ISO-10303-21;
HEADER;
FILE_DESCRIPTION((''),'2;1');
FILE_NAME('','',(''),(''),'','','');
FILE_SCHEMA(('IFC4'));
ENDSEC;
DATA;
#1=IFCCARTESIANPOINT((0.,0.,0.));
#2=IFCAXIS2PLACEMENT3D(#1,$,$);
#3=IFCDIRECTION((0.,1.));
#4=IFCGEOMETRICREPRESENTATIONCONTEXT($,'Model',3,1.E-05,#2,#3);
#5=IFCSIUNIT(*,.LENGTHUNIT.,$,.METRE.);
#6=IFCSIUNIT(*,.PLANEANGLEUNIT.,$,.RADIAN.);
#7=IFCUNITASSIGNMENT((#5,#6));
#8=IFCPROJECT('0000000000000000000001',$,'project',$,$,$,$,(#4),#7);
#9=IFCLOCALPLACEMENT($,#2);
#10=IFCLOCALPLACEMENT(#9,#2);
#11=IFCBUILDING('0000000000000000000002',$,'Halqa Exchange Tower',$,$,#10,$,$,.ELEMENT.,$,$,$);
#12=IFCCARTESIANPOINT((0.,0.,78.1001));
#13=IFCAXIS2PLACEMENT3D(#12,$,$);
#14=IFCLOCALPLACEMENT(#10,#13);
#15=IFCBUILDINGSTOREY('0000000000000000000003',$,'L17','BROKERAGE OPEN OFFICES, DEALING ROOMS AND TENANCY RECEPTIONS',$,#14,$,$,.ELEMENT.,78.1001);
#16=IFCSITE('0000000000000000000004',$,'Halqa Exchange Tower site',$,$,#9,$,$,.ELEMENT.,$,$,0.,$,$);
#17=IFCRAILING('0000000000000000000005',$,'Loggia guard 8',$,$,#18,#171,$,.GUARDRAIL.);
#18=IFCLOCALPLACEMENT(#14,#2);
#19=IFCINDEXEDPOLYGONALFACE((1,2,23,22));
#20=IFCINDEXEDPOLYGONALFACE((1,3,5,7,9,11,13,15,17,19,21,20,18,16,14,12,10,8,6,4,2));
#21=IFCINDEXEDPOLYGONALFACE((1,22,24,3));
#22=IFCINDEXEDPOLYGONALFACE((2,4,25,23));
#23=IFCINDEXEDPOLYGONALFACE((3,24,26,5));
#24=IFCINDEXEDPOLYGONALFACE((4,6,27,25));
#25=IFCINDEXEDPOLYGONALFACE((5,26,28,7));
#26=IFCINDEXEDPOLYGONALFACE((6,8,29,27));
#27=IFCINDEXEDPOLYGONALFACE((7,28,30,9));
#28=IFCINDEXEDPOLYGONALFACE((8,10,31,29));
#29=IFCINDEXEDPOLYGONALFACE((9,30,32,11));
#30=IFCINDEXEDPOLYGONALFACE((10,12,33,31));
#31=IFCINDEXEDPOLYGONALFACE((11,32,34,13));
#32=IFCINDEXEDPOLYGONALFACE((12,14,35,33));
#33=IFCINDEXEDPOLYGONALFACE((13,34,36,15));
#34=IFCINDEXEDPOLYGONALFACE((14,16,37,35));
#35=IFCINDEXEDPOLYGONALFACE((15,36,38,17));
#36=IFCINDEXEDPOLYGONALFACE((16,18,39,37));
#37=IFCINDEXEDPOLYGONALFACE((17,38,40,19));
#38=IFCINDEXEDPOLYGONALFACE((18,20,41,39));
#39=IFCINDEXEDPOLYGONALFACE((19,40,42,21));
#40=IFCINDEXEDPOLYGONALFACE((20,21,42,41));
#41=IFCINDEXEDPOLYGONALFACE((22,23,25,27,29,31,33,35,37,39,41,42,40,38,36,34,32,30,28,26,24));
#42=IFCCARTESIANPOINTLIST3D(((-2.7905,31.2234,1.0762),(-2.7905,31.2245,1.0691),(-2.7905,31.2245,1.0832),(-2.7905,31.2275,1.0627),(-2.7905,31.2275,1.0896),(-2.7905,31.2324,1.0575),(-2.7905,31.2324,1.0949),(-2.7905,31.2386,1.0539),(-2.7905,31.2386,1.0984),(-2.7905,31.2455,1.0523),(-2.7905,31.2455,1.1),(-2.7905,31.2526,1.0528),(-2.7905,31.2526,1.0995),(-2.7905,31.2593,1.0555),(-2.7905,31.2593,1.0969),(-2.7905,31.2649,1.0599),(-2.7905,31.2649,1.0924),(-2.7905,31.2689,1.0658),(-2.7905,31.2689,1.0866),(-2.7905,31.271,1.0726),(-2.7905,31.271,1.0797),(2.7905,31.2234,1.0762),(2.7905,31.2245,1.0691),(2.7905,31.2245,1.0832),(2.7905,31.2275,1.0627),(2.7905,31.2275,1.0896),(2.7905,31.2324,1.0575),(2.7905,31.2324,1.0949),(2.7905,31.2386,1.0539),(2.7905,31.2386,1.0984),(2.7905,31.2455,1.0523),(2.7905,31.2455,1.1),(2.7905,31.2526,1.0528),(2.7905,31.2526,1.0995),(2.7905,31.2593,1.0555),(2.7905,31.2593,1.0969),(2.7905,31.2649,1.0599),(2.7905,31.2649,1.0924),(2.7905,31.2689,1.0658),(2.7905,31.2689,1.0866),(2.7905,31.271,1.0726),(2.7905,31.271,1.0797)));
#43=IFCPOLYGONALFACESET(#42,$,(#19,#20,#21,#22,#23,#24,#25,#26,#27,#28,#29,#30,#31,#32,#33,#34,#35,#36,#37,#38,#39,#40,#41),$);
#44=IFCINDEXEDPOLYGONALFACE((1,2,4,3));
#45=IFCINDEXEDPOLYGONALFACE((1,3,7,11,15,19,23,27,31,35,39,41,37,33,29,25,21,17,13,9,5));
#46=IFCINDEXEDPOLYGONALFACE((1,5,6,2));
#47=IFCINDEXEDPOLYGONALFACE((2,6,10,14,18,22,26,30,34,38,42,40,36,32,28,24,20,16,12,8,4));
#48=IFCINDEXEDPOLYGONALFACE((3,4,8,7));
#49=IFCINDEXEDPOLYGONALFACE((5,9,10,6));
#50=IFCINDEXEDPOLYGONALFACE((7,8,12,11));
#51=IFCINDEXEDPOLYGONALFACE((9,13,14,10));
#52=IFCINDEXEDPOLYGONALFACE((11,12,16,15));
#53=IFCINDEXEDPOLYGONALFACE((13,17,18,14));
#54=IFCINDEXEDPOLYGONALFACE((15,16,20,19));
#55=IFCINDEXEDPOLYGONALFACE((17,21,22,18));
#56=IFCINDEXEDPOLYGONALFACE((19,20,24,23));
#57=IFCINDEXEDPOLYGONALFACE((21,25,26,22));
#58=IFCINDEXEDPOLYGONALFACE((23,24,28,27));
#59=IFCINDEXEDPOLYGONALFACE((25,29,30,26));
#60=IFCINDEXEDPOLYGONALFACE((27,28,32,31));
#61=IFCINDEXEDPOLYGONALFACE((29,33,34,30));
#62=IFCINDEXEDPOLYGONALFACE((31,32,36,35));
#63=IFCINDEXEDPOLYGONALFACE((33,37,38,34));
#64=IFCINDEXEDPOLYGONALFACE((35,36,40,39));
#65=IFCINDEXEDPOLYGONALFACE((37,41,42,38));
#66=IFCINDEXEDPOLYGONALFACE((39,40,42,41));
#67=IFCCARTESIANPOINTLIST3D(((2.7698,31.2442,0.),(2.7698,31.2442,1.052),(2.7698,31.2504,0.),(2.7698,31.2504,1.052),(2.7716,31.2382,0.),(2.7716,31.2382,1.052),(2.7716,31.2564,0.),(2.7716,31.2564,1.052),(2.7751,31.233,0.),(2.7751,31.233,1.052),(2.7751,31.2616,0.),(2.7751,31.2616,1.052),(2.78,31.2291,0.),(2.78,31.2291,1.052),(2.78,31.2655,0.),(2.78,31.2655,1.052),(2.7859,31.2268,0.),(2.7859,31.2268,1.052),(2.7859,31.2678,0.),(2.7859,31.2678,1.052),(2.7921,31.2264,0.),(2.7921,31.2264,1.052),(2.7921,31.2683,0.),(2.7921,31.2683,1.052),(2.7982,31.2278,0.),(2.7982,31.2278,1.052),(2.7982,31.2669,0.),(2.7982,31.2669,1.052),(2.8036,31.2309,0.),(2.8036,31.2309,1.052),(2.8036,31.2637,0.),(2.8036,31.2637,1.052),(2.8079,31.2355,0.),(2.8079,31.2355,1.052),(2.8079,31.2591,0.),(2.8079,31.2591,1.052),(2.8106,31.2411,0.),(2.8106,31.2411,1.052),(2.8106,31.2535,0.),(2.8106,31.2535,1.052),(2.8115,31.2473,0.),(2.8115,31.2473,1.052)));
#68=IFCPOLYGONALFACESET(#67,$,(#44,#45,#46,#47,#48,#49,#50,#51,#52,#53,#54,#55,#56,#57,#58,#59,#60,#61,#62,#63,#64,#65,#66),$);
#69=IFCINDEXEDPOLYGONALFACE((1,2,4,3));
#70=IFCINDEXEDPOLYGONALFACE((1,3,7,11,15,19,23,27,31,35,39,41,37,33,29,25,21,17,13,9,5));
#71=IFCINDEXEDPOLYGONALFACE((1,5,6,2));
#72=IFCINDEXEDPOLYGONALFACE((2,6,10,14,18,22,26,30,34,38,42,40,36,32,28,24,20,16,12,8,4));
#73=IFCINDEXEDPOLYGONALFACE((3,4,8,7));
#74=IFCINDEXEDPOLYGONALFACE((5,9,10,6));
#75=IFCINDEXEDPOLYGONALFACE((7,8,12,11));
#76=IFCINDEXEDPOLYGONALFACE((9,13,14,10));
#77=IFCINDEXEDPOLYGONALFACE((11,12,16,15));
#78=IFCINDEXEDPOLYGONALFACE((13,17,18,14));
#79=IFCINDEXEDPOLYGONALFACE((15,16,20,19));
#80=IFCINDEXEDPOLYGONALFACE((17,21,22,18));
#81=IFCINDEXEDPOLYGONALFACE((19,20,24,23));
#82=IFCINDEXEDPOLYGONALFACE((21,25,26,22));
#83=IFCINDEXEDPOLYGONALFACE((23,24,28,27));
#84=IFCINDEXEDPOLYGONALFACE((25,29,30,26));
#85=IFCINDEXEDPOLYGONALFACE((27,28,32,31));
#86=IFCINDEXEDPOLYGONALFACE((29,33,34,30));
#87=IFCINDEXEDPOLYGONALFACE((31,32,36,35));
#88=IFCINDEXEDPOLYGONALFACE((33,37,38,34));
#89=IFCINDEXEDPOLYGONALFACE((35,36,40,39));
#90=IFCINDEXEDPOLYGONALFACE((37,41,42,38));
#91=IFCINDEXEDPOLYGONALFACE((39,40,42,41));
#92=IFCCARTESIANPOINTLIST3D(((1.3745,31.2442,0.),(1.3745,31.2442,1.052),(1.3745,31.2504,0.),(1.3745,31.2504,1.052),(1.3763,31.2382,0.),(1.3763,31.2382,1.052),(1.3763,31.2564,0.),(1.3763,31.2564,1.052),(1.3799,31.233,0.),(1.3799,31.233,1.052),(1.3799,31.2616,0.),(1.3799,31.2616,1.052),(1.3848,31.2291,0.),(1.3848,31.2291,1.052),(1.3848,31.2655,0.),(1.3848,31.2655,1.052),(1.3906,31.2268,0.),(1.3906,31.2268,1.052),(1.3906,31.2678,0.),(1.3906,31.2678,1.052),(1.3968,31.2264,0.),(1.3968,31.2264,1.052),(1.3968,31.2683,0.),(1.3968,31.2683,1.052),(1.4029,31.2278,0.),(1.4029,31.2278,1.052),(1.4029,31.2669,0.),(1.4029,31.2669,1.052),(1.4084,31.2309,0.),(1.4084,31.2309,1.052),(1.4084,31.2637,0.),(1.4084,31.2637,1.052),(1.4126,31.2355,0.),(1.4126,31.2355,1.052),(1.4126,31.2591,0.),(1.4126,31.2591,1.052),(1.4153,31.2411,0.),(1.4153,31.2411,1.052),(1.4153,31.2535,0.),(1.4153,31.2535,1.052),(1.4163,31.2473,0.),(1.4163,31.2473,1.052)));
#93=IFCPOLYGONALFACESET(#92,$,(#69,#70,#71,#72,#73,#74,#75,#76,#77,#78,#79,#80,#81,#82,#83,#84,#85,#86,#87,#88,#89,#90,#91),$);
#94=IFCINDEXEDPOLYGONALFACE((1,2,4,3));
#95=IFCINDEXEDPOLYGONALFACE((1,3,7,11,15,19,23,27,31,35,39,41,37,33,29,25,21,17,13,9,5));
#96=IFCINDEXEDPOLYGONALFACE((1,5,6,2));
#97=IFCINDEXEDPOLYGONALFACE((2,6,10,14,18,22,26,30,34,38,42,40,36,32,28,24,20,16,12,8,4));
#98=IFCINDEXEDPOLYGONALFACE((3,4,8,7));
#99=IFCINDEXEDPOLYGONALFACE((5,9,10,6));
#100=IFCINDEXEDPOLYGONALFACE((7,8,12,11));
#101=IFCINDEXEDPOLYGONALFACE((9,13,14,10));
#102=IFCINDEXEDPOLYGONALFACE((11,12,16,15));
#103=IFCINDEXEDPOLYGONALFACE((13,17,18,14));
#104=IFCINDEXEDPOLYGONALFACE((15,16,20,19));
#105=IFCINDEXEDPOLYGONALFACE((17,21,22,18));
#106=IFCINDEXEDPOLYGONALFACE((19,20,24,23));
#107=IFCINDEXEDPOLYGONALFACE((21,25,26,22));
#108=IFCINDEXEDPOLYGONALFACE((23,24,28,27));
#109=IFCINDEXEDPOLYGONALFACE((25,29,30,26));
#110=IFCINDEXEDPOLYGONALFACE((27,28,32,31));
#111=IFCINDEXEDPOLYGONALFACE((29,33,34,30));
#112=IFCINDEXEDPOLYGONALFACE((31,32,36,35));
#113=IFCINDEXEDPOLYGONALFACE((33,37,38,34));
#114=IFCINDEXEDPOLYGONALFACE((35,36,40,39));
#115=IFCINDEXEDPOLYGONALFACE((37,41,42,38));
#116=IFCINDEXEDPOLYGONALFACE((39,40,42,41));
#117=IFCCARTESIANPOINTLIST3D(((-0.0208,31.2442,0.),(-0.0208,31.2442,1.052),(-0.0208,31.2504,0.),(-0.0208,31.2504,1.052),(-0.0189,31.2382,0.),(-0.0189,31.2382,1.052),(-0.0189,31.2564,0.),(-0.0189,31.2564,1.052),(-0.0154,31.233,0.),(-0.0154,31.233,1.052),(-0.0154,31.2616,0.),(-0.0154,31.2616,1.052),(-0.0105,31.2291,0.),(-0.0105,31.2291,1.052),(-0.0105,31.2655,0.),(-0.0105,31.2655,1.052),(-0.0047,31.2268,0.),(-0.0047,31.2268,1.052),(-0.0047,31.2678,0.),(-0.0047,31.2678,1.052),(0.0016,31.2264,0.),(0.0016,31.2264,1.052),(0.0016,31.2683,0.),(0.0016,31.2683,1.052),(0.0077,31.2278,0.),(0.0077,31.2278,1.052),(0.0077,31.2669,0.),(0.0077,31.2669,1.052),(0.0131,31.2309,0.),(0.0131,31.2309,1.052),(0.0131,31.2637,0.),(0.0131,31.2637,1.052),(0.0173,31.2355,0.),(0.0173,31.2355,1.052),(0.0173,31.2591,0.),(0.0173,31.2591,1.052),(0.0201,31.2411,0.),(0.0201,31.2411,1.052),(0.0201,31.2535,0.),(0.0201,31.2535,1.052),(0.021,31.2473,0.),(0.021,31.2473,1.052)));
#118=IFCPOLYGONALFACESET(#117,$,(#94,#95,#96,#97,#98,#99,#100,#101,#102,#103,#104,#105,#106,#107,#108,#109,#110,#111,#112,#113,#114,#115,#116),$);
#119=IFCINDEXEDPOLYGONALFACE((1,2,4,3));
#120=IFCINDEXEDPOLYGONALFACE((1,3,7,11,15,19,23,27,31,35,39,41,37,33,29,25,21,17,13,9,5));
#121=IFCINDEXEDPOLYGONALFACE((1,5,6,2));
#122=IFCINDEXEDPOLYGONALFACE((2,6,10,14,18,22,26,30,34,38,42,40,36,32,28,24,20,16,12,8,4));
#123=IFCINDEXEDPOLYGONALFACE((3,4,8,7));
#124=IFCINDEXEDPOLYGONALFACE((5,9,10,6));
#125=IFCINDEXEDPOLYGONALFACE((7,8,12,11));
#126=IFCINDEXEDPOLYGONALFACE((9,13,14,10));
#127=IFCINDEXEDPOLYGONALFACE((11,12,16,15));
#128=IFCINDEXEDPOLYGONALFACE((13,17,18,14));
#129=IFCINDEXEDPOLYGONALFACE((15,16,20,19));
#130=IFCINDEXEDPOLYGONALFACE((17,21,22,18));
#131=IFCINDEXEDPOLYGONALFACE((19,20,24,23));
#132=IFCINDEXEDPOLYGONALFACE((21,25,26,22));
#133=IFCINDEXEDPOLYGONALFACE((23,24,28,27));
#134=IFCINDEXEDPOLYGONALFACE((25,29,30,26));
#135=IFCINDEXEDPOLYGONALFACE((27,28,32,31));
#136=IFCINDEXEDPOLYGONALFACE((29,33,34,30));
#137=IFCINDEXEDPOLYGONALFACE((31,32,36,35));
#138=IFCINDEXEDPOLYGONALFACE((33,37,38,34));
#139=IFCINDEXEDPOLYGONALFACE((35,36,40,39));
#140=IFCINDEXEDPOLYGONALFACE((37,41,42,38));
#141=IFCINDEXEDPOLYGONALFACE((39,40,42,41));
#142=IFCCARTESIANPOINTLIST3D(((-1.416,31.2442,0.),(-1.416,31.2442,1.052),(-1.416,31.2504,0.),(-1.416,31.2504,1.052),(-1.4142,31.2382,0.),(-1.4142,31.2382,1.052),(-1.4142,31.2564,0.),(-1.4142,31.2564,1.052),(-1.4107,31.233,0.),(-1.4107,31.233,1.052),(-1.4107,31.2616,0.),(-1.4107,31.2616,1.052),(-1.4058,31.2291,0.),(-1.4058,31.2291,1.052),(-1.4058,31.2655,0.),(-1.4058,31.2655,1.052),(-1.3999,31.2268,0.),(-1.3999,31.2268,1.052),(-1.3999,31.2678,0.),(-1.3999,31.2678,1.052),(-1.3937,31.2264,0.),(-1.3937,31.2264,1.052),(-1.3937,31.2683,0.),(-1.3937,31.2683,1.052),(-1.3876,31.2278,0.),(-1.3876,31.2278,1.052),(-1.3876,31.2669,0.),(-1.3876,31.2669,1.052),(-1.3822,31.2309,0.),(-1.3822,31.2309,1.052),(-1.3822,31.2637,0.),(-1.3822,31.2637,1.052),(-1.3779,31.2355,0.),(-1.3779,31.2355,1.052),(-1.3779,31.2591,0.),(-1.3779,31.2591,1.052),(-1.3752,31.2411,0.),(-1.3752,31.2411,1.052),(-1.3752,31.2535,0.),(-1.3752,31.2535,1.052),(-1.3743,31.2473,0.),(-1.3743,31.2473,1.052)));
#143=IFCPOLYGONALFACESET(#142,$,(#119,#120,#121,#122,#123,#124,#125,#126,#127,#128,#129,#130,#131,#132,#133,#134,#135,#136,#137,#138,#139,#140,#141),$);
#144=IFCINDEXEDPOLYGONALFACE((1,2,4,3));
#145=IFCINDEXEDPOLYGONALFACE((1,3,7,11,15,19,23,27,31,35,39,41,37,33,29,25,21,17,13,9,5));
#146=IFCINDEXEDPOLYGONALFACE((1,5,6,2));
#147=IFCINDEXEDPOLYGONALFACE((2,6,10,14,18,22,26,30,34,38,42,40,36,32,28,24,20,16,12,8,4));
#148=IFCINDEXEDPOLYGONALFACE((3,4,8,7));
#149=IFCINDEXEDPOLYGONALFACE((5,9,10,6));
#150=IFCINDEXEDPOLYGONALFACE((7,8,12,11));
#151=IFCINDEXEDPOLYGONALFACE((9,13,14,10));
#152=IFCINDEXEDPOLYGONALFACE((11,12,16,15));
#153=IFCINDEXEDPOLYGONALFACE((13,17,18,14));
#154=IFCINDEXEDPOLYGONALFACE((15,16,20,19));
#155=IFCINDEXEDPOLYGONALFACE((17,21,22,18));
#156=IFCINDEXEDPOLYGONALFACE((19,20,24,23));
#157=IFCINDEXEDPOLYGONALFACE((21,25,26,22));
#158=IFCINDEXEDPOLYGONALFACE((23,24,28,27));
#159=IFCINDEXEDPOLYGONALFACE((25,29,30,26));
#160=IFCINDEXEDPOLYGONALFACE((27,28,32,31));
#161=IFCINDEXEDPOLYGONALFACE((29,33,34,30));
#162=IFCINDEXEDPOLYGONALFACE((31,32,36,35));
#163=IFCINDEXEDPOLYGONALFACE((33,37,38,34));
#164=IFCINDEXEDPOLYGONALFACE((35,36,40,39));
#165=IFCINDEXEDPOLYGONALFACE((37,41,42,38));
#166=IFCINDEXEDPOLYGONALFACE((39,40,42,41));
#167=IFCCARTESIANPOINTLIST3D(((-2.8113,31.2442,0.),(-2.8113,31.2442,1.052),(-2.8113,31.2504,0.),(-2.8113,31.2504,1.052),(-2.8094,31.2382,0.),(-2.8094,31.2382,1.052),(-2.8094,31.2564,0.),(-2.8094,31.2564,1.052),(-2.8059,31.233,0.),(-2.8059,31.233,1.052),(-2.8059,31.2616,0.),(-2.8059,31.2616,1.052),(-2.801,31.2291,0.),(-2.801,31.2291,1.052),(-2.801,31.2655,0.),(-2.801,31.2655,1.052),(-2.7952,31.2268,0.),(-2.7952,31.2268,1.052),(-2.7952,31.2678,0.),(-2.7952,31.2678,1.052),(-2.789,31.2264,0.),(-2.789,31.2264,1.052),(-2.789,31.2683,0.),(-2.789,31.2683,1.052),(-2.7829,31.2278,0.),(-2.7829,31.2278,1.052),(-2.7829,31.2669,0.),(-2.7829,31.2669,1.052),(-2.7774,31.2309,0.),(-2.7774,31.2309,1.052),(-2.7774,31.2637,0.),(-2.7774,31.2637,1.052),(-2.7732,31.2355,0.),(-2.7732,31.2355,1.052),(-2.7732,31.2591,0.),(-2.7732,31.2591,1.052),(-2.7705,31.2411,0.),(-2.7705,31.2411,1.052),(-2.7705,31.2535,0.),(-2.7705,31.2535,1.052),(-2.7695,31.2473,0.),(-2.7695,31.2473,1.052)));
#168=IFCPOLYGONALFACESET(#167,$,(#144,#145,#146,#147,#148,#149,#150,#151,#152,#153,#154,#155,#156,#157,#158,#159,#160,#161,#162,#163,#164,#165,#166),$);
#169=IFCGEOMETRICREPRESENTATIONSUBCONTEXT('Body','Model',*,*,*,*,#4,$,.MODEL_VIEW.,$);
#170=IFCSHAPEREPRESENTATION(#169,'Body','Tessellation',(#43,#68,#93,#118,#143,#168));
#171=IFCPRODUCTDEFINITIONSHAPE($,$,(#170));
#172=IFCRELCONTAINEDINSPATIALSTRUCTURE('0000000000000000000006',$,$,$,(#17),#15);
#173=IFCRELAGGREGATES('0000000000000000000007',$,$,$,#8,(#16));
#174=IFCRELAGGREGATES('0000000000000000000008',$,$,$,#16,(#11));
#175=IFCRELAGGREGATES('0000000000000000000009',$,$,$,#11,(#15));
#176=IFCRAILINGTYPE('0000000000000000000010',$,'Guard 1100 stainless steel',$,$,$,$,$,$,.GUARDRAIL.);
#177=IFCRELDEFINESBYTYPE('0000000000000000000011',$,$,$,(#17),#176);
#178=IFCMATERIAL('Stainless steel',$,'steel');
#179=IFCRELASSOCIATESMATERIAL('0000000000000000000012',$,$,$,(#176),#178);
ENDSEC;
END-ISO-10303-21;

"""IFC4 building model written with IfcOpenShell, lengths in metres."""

from ifc_helpers import new_model, si_unit, direction, frame, origin, origin_2d, place, context, subcontext, project, spatial, circle, extrude, material, type_object, element, save


model = new_model("IFC4")

# Units and contexts
model_context = context("Model", 3, precision=1e-05, world=origin(), true_north=direction((0.0, 1.0)))
body_context = subcontext(model_context, "Body", "Model", "MODEL_VIEW")
ifc_project = project(units=[si_unit("LENGTHUNIT", "METRE"), si_unit("PLANEANGLEUNIT", "RADIAN")], contexts=[model_context])

# Site, building, storey
site_placement = place(None, origin())
site = spatial("IfcSite", under=ifc_project, at=site_placement, Name="Halqa Exchange Tower site", CompositionType="ELEMENT", RefElevation=0.0)
building_placement = place(site_placement, origin())
building = spatial("IfcBuilding", under=site, at=building_placement, Name="Halqa Exchange Tower", CompositionType="ELEMENT")
storey_placement = place(building_placement, frame((0.0, 0.0, 78.1001)))
storey = spatial("IfcBuildingStorey", under=building, at=storey_placement, Name="L17", Description="BROKERAGE OPEN OFFICES, DEALING ROOMS AND TENANCY RECEPTIONS", CompositionType="ELEMENT", Elevation=78.1001)

# Railing
ifc_material_1 = material(Name="Stainless steel", Category="steel")
railing_type_1 = type_object("IfcRailingType", Name="Guard 1100 stainless steel", PredefinedType="GUARDRAIL", material=ifc_material_1)
railing_1_placement = place(storey_placement, frame((2.7905, 31.2473, 0.0)))
element("IfcRailing", 1, at=railing_1_placement, inside=storey, type_object=railing_type_1, Name="Loggia guard 8", PredefinedType="GUARDRAIL", context=body_context, shape_type="SweptSolid", body=[
    extrude(circle(Radius=0.0239, at=origin_2d()), frame((0.0, 0.0, 1.0762), z_axis=(-1.0, 0.0, 0.0), x_axis=(0.0, -1.0, 0.0)), (0.0, 0.0, 1.0), 5.5811),
    extrude(circle(Radius=0.021, at=origin_2d()), origin(), (0.0, 0.0, 1.0), 1.052),
    extrude(circle(Radius=0.021, at=origin_2d()), frame((-1.3953, 0.0, 0.0)), (0.0, 0.0, 1.0), 1.052),
    extrude(circle(Radius=0.021, at=origin_2d()), frame((-2.7905, 0.0, 0.0)), (0.0, 0.0, 1.0), 1.052),
    extrude(circle(Radius=0.021, at=origin_2d()), frame((-4.1858, 0.0, 0.0)), (0.0, 0.0, 1.0), 1.052),
    extrude(circle(Radius=0.021, at=origin_2d()), frame((-5.5811, 0.0, 0.0)), (0.0, 0.0, 1.0), 1.052),
])

save(model, "model.ifc")
